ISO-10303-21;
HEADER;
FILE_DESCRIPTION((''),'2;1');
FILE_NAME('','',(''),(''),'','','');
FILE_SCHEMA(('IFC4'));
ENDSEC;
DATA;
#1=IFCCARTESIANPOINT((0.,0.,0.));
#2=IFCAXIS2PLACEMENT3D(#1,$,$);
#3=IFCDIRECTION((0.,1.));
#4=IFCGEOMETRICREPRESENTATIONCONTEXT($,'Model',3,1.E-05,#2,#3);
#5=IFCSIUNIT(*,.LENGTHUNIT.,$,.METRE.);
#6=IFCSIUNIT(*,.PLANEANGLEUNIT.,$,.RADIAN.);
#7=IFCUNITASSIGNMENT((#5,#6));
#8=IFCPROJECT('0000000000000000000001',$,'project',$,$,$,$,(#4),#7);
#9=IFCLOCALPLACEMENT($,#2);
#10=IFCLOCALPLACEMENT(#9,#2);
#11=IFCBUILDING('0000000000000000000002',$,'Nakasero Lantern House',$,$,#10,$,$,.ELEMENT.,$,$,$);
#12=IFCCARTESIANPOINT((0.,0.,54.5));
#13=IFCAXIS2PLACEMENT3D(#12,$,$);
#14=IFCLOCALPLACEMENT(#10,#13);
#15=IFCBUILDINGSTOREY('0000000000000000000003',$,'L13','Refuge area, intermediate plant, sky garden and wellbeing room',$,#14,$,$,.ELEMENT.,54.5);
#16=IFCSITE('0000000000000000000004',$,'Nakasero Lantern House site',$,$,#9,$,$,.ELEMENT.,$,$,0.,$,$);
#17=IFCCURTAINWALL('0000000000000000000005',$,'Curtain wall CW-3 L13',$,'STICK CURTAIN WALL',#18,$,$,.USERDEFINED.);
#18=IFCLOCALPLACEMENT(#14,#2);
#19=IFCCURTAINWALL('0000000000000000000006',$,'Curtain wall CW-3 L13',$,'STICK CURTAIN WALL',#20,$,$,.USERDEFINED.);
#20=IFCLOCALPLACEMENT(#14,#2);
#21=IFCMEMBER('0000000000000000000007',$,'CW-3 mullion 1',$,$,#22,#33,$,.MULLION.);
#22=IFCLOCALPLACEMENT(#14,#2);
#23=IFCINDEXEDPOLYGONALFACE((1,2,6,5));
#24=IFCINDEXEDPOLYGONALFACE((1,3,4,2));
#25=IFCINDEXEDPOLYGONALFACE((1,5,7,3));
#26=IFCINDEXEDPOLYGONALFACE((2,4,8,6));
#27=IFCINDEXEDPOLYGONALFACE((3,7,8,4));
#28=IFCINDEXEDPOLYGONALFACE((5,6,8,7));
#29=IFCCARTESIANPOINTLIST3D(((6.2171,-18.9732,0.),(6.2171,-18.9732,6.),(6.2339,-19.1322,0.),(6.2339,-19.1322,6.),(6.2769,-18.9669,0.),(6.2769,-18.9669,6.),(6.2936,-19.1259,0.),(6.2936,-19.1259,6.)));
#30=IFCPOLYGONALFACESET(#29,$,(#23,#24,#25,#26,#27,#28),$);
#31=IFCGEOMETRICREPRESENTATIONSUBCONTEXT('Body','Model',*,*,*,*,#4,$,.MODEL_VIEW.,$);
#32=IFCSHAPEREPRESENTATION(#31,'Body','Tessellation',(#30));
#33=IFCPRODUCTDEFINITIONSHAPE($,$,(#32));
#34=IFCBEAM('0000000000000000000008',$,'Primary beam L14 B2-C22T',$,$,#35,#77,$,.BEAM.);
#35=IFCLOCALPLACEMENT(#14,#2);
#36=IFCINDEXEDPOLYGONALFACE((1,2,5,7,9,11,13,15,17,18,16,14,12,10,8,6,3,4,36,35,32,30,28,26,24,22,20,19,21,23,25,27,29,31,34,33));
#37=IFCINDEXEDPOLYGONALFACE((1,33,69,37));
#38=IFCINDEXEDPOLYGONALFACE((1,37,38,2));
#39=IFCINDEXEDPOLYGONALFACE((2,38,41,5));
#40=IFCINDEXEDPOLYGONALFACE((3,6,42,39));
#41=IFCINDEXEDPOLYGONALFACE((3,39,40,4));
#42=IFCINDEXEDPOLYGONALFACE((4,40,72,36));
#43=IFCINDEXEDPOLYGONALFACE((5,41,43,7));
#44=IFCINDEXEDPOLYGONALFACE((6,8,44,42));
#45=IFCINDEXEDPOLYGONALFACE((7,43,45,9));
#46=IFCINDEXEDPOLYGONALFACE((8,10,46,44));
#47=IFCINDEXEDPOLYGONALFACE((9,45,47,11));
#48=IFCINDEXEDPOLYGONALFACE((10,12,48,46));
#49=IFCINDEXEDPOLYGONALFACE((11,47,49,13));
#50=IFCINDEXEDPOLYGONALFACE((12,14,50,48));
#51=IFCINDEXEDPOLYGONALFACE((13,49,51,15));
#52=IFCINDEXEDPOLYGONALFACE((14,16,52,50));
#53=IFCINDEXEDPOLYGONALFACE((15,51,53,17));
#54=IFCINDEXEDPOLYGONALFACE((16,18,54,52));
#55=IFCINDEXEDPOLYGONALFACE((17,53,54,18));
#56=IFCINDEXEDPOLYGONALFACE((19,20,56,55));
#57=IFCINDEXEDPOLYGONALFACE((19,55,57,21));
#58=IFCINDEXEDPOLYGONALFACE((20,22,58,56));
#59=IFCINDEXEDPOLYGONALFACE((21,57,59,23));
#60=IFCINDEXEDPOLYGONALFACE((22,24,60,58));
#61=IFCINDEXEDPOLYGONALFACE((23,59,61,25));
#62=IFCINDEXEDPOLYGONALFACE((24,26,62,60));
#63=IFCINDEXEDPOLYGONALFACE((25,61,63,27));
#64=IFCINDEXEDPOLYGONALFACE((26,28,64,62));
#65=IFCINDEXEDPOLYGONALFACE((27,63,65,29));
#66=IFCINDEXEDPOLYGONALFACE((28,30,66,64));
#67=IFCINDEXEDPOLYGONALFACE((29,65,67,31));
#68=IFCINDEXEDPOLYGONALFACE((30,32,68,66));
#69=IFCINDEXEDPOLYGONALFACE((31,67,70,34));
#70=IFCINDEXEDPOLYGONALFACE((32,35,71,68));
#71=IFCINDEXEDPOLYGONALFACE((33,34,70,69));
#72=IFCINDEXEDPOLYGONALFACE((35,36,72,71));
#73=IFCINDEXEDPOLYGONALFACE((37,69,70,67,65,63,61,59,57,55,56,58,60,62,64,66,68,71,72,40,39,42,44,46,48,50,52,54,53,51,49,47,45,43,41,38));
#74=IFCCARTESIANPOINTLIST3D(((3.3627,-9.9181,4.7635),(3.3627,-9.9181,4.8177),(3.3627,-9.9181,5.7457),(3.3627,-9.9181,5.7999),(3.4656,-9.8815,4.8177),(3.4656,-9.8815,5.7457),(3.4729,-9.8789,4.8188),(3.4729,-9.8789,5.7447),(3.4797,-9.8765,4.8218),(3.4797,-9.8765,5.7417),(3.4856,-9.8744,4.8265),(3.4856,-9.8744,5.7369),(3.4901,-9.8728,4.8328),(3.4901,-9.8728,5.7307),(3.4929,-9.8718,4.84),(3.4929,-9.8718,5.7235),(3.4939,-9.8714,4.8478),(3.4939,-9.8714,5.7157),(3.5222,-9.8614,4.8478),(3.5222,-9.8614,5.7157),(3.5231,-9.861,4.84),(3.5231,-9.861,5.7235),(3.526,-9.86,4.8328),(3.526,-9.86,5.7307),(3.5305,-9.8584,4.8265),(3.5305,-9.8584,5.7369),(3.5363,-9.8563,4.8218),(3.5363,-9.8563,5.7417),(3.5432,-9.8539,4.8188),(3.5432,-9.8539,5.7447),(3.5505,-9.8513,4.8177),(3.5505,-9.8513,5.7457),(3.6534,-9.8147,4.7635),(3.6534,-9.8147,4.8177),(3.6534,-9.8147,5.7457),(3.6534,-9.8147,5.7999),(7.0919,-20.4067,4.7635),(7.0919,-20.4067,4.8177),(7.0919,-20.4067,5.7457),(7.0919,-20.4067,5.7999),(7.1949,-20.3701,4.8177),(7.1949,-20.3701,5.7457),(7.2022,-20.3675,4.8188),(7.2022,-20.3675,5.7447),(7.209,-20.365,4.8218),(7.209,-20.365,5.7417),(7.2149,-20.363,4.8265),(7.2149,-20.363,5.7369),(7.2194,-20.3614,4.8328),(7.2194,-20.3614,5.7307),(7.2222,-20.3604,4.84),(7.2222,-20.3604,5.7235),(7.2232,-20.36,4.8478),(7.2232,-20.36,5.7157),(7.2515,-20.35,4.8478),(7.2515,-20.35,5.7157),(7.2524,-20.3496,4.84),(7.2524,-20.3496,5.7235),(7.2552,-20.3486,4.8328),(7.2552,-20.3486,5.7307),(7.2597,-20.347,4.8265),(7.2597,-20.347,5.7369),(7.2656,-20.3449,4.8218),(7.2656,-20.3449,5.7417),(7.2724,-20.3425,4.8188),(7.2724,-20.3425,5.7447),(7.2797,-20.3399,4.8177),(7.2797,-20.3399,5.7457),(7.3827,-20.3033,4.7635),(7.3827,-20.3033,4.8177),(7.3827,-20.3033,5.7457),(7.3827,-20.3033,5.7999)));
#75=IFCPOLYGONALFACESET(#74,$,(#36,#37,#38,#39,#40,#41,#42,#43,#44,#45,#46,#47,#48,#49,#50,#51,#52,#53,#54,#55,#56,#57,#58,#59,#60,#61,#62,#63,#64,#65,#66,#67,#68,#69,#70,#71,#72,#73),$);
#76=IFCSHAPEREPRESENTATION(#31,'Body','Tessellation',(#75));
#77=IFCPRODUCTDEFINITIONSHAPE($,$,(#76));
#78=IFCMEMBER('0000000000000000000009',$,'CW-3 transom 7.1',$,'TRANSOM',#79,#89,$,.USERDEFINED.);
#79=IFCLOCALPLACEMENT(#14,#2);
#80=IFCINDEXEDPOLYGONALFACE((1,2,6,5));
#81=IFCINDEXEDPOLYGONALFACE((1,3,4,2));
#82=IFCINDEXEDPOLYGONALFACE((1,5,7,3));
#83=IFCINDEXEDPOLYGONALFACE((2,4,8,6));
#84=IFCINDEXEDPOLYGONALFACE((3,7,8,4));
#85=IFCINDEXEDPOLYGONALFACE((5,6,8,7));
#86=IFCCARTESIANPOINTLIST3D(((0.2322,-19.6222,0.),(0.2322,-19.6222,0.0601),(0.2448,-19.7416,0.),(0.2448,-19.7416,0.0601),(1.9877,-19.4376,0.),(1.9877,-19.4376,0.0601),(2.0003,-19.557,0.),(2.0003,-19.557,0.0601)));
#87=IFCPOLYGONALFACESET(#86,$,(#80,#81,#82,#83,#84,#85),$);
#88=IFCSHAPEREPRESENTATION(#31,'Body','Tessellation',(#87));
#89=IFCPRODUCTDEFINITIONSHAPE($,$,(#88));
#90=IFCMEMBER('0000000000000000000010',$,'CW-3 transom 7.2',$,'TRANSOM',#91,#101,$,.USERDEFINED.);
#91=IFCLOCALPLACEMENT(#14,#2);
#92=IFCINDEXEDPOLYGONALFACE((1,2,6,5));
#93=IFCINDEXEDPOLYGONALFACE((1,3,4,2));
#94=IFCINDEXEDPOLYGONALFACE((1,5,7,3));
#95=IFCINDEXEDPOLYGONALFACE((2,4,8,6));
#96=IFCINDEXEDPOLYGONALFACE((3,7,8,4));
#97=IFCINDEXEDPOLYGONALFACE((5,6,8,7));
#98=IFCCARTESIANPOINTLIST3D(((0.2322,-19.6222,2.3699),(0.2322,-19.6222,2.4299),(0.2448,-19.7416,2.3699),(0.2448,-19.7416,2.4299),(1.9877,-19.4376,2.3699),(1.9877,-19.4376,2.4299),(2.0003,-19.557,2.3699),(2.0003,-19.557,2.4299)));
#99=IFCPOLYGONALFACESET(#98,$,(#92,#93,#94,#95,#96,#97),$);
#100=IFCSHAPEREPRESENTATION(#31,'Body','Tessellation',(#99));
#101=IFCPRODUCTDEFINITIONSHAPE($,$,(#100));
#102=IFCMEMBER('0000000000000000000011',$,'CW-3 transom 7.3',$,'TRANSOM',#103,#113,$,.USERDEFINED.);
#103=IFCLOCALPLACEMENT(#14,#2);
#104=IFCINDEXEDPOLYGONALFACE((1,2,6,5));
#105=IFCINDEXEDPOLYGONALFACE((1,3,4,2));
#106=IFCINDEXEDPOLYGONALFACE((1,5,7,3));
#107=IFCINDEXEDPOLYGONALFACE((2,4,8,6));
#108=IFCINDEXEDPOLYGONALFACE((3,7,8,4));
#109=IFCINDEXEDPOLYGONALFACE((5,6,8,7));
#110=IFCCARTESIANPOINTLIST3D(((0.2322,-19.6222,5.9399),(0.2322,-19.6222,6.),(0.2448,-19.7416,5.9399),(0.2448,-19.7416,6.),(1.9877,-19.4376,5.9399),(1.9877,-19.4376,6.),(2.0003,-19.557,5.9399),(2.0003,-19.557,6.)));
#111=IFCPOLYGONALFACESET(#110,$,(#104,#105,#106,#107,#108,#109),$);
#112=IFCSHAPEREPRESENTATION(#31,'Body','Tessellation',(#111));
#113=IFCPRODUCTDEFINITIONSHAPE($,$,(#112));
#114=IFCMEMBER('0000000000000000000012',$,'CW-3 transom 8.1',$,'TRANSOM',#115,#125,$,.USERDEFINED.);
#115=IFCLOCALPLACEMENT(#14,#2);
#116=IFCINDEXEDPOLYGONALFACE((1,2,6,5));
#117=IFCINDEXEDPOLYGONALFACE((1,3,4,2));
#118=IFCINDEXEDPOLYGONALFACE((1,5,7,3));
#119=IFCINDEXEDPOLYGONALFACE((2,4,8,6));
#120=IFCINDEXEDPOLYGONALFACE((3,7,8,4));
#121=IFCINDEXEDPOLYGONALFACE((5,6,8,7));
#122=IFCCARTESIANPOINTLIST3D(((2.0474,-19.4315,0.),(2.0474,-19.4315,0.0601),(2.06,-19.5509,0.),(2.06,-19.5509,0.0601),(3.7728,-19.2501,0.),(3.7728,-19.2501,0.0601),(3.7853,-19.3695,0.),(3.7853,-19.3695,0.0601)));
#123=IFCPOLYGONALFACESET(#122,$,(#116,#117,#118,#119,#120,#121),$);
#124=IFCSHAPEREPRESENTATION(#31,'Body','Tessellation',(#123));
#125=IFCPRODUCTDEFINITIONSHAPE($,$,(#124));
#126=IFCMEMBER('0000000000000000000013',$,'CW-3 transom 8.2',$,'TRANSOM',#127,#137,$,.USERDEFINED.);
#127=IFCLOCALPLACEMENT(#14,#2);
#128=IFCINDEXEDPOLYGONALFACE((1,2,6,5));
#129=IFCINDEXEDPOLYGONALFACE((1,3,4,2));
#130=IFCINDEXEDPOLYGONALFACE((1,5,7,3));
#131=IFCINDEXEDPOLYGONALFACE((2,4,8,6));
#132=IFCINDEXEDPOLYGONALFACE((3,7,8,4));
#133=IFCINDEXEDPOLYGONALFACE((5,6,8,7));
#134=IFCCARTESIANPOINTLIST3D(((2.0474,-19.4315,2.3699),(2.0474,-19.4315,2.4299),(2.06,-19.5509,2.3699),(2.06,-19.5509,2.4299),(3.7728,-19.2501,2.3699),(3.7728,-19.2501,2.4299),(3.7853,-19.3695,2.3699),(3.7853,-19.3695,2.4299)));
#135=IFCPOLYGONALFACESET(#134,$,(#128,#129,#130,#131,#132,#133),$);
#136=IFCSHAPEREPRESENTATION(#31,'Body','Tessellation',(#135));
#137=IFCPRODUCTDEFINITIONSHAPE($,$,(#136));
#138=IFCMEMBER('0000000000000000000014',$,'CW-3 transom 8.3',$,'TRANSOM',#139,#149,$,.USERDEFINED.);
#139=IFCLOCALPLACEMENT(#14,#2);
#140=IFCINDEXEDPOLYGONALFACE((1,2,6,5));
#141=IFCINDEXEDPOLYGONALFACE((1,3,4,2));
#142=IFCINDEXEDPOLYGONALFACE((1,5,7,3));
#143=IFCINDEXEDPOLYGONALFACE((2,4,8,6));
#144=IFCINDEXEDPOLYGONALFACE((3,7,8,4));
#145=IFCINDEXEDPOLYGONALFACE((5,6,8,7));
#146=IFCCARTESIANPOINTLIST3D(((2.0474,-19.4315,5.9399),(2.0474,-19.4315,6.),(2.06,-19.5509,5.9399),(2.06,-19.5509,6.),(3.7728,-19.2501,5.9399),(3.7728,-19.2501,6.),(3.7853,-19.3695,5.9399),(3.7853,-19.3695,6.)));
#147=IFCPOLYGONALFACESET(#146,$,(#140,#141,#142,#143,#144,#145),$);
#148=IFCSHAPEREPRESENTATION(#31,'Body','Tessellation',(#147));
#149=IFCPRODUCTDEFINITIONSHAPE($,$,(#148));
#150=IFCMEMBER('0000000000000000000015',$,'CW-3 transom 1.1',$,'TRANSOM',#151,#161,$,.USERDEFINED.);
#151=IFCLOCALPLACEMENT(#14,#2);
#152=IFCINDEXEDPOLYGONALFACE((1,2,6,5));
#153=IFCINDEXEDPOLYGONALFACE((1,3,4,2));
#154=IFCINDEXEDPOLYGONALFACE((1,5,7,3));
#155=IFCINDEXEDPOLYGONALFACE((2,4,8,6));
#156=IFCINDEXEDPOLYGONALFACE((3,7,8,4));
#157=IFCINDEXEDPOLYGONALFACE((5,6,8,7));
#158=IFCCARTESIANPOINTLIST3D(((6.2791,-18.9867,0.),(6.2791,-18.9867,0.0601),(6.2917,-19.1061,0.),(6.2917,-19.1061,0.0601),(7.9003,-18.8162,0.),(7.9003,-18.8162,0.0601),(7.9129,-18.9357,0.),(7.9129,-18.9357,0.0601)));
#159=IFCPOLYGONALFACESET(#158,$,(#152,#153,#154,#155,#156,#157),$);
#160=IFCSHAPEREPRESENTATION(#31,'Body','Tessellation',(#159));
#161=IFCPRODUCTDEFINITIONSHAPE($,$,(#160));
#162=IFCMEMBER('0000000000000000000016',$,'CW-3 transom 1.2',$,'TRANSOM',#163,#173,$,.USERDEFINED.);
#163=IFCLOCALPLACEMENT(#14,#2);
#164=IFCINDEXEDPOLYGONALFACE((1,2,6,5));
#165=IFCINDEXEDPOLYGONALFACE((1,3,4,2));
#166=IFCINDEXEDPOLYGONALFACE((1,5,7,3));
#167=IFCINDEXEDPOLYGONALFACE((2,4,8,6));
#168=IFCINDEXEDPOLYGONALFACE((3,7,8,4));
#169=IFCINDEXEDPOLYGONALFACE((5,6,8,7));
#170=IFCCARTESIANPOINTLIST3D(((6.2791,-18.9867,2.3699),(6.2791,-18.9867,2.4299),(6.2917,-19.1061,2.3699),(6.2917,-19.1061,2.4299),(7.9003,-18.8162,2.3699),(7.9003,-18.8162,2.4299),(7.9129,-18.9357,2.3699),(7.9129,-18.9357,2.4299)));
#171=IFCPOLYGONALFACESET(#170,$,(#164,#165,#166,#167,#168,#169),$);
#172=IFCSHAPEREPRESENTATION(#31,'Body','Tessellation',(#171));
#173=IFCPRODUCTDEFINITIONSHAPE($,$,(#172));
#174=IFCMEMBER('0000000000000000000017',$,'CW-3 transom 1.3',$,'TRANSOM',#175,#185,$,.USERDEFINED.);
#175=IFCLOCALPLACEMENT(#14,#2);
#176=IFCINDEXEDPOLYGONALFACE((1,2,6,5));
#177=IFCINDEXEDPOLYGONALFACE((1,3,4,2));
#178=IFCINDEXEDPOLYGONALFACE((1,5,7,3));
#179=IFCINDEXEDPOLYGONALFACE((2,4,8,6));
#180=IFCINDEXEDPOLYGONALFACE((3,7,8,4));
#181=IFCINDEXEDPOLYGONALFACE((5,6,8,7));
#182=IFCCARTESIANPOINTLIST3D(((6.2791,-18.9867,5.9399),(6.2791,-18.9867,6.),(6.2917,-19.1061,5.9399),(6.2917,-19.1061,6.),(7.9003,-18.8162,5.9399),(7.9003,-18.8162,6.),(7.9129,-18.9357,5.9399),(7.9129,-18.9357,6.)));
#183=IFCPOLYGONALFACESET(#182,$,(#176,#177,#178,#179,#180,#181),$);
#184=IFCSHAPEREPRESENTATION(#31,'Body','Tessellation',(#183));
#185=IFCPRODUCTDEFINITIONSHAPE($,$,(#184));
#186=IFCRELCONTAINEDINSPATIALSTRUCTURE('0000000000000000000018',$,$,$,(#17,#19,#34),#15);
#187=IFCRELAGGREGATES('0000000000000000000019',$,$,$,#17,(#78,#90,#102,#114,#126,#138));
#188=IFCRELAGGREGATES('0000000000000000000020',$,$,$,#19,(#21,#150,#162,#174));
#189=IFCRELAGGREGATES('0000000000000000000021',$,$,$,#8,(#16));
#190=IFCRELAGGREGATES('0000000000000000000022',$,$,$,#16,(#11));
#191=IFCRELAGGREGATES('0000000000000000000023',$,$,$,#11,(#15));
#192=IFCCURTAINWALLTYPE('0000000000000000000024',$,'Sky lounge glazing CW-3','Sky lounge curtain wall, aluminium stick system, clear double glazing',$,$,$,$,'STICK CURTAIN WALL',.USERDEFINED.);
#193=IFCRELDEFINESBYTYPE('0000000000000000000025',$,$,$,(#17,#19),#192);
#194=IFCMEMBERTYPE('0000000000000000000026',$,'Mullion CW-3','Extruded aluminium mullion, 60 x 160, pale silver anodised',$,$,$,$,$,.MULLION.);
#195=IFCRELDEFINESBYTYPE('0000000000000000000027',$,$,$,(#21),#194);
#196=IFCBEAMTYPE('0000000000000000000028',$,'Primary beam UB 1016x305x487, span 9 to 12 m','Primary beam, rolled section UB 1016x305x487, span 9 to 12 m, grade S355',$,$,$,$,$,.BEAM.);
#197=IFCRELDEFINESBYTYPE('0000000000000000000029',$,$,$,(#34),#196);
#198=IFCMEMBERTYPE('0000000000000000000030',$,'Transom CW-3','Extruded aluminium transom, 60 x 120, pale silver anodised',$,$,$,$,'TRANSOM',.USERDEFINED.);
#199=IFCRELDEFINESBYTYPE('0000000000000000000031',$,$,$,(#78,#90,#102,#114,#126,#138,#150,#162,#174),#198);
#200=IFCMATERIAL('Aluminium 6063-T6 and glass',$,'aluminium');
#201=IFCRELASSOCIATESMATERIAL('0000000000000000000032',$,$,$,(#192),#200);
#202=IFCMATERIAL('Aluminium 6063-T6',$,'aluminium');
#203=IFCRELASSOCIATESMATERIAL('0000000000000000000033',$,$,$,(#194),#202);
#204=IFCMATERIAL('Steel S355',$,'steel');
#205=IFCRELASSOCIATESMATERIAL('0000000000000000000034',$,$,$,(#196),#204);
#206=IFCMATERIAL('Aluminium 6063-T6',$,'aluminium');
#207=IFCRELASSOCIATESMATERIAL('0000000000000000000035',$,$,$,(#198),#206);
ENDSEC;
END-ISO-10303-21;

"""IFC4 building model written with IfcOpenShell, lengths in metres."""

from ifc_helpers import new_model, si_unit, direction, frame, origin, origin_2d, place, context, subcontext, project, spatial, rectangle, i_section, extrude, material, material_profile, profile_set, type_object, element, aggregate, save


model = new_model("IFC4")

# Units and contexts
model_context = context("Model", 3, precision=1e-05, world=origin(), true_north=direction((0.0, 1.0)))
body_context = subcontext(model_context, "Body", "Model", "MODEL_VIEW")
ifc_project = project(units=[si_unit("LENGTHUNIT", "METRE"), si_unit("PLANEANGLEUNIT", "RADIAN")], contexts=[model_context])

# Site, building, storey
site_placement = place(None, origin())
site = spatial("IfcSite", under=ifc_project, at=site_placement, Name="Nakasero Lantern House site", CompositionType="ELEMENT", RefElevation=0.0)
building_placement = place(site_placement, origin())
building = spatial("IfcBuilding", under=site, at=building_placement, Name="Nakasero Lantern House", CompositionType="ELEMENT")
storey_placement = place(building_placement, frame((0.0, 0.0, 54.5)))
storey = spatial("IfcBuildingStorey", under=building, at=storey_placement, Name="L13", Description="Refuge area, intermediate plant, sky garden and wellbeing room", CompositionType="ELEMENT", Elevation=54.5)

# Curtain wall
ifc_material_1 = material(Name="Aluminium 6063-T6 and glass", Category="aluminium")
curtain_wall_type = type_object("IfcCurtainWallType", Name="Sky lounge glazing CW-3", Description="Sky lounge curtain wall, aluminium stick system, clear double glazing", ElementType="STICK CURTAIN WALL", PredefinedType="USERDEFINED", material=ifc_material_1)
curtain_wall_1_placement = place(storey_placement, origin())
curtain_wall_1 = element("IfcCurtainWall", 1, at=curtain_wall_1_placement, inside=storey, type_object=curtain_wall_type, Name="Curtain wall CW-3 L13", ObjectType="STICK CURTAIN WALL", PredefinedType="USERDEFINED")
ifc_material_2 = material(Name="Aluminium 6063-T6", Category="aluminium")
ifc_material_profile_1 = material_profile(ifc_material_2, rectangle(XDim=0.0601, YDim=0.1599, at=origin_2d()), Name="CW-3 mullion 60x160")
ifc_profile_set_1 = profile_set([ifc_material_profile_1], Name="Aluminium 6063-T6")
member_type_1 = type_object("IfcMemberType", Name="Mullion CW-3", Description="Extruded aluminium mullion, 60 x 160, pale silver anodised", PredefinedType="MULLION", material=ifc_profile_set_1)

# Curtain wall, member
curtain_wall_2_placement = place(storey_placement, origin())
curtain_wall_2 = element("IfcCurtainWall", 2, at=curtain_wall_2_placement, inside=storey, type_object=curtain_wall_type, Name="Curtain wall CW-3 L13", ObjectType="STICK CURTAIN WALL", PredefinedType="USERDEFINED")
member_1_placement = place(storey_placement, frame((6.2554, -19.0496, 0.0), z_axis=(0.0, 0.0, 1.0), x_axis=(0.994522, 0.104528, 0.0)))
member_1 = element("IfcMember", 3, at=member_1_placement, type_object=member_type_1, Name="CW-3 mullion 1", PredefinedType="MULLION", context=body_context, shape_type="SweptSolid", body=[
    extrude(rectangle(XDim=0.0601, YDim=0.1599, at=origin_2d()), origin(), (0.0, 0.0, 1.0), 6.0),
])

# Beam
ifc_material_3 = material(Name="Steel S355", Category="steel")
ifc_material_profile_2 = material_profile(ifc_material_3, i_section(OverallWidth=0.3086, OverallDepth=1.0364, WebThickness=0.03, FlangeThickness=0.0542, FilletRadius=0.03, at=origin_2d()), Name="UB 1016x305x487")
ifc_profile_set_2 = profile_set([ifc_material_profile_2], Name="Steel S355")
beam_type_1 = type_object("IfcBeamType", Name="Primary beam UB 1016x305x487, span 9 to 12 m", Description="Primary beam, rolled section UB 1016x305x487, span 9 to 12 m, grade S355", PredefinedType="BEAM", material=ifc_profile_set_2)
beam_1_placement = place(storey_placement, frame((7.2373, -20.355, 5.2817), z_axis=(-0.335009, 0.942215, 0.0), x_axis=(-0.942215, -0.335009, 0.0)))
element("IfcBeam", 4, at=beam_1_placement, inside=storey, type_object=beam_type_1, Name="Primary beam L14 B2-C22T", PredefinedType="BEAM", context=body_context, shape_type="SweptSolid", body=[
    extrude(i_section(OverallWidth=0.3086, OverallDepth=1.0364, WebThickness=0.03, FlangeThickness=0.0542, FilletRadius=0.03, at=origin_2d()), origin(), (0.0, 0.0, 1.0), 11.1318),
])

# Members
ifc_material_4 = material(Name="Aluminium 6063-T6", Category="aluminium")
ifc_material_profile_3 = material_profile(ifc_material_4, rectangle(XDim=0.0601, YDim=0.1201, at=origin_2d()), Name="CW-3 transom 60x120")
ifc_profile_set_3 = profile_set([ifc_material_profile_3], Name="Aluminium 6063-T6")
member_type_2 = type_object("IfcMemberType", Name="Transom CW-3", Description="Extruded aluminium transom, 60 x 120, pale silver anodised", ElementType="TRANSOM", PredefinedType="USERDEFINED", material=ifc_profile_set_3)
member_2_placement = place(storey_placement, frame((0.2385, -19.6819, 0.03), z_axis=(0.994518, 0.10457, 0.0), x_axis=(0.0, 0.0, 1.0)))
member_2 = element("IfcMember", 5, at=member_2_placement, type_object=member_type_2, Name="CW-3 transom 7.1", ObjectType="TRANSOM", PredefinedType="USERDEFINED", context=body_context, shape_type="SweptSolid", body=[
    extrude(rectangle(XDim=0.0601, YDim=0.1201, at=origin_2d()), origin(), (0.0, 0.0, 1.0), 1.7651),
])
member_3_placement = place(storey_placement, frame((0.2385, -19.6819, 2.3999), z_axis=(0.994518, 0.10457, 0.0), x_axis=(0.0, 0.0, 1.0)))
member_3 = element("IfcMember", 6, at=member_3_placement, type_object=member_type_2, Name="CW-3 transom 7.2", ObjectType="TRANSOM", PredefinedType="USERDEFINED", context=body_context, shape_type="SweptSolid", body=[
    extrude(rectangle(XDim=0.0601, YDim=0.1201, at=origin_2d()), origin(), (0.0, 0.0, 1.0), 1.7651),
])
member_4_placement = place(storey_placement, frame((0.2385, -19.6819, 5.97), z_axis=(0.994518, 0.10457, 0.0), x_axis=(0.0, 0.0, 1.0)))
member_4 = element("IfcMember", 7, at=member_4_placement, type_object=member_type_2, Name="CW-3 transom 7.3", ObjectType="TRANSOM", PredefinedType="USERDEFINED", context=body_context, shape_type="SweptSolid", body=[
    extrude(rectangle(XDim=0.0601, YDim=0.1201, at=origin_2d()), origin(), (0.0, 0.0, 1.0), 1.7651),
])
member_5_placement = place(storey_placement, frame((2.0537, -19.4912, 0.03), z_axis=(0.994519, 0.10456, 0.0), x_axis=(0.0, 0.0, 1.0)))
member_5 = element("IfcMember", 8, at=member_5_placement, type_object=member_type_2, Name="CW-3 transom 8.1", ObjectType="TRANSOM", PredefinedType="USERDEFINED", context=body_context, shape_type="SweptSolid", body=[
    extrude(rectangle(XDim=0.0601, YDim=0.1201, at=origin_2d()), origin(), (0.0, 0.0, 1.0), 1.7349),
])
member_6_placement = place(storey_placement, frame((2.0537, -19.4912, 2.3999), z_axis=(0.994519, 0.10456, 0.0), x_axis=(0.0, 0.0, 1.0)))
member_6 = element("IfcMember", 9, at=member_6_placement, type_object=member_type_2, Name="CW-3 transom 8.2", ObjectType="TRANSOM", PredefinedType="USERDEFINED", context=body_context, shape_type="SweptSolid", body=[
    extrude(rectangle(XDim=0.0601, YDim=0.1201, at=origin_2d()), origin(), (0.0, 0.0, 1.0), 1.7349),
])
member_7_placement = place(storey_placement, frame((2.0537, -19.4912, 5.97), z_axis=(0.994519, 0.10456, 0.0), x_axis=(0.0, 0.0, 1.0)))
member_7 = element("IfcMember", 10, at=member_7_placement, type_object=member_type_2, Name="CW-3 transom 8.3", ObjectType="TRANSOM", PredefinedType="USERDEFINED", context=body_context, shape_type="SweptSolid", body=[
    extrude(rectangle(XDim=0.0601, YDim=0.1201, at=origin_2d()), origin(), (0.0, 0.0, 1.0), 1.7349),
])
member_8_placement = place(storey_placement, frame((6.2854, -19.0464, 0.03), z_axis=(0.99452, 0.104544, 0.0), x_axis=(0.0, 0.0, 1.0)))
member_8 = element("IfcMember", 11, at=member_8_placement, type_object=member_type_2, Name="CW-3 transom 1.1", ObjectType="TRANSOM", PredefinedType="USERDEFINED", context=body_context, shape_type="SweptSolid", body=[
    extrude(rectangle(XDim=0.0601, YDim=0.1201, at=origin_2d()), origin(), (0.0, 0.0, 1.0), 1.6301),
])
member_9_placement = place(storey_placement, frame((6.2854, -19.0464, 2.3999), z_axis=(0.99452, 0.104544, 0.0), x_axis=(0.0, 0.0, 1.0)))
member_9 = element("IfcMember", 12, at=member_9_placement, type_object=member_type_2, Name="CW-3 transom 1.2", ObjectType="TRANSOM", PredefinedType="USERDEFINED", context=body_context, shape_type="SweptSolid", body=[
    extrude(rectangle(XDim=0.0601, YDim=0.1201, at=origin_2d()), origin(), (0.0, 0.0, 1.0), 1.6301),
])
member_10_placement = place(storey_placement, frame((6.2854, -19.0464, 5.97), z_axis=(0.99452, 0.104544, 0.0), x_axis=(0.0, 0.0, 1.0)))
member_10 = element("IfcMember", 13, at=member_10_placement, type_object=member_type_2, Name="CW-3 transom 1.3", ObjectType="TRANSOM", PredefinedType="USERDEFINED", context=body_context, shape_type="SweptSolid", body=[
    extrude(rectangle(XDim=0.0601, YDim=0.1201, at=origin_2d()), origin(), (0.0, 0.0, 1.0), 1.6301),
])

aggregate(curtain_wall_1, [member_2, member_3, member_4, member_5, member_6, member_7])
aggregate(curtain_wall_2, [member_1, member_8, member_9, member_10])

save(model, "model.ifc")
